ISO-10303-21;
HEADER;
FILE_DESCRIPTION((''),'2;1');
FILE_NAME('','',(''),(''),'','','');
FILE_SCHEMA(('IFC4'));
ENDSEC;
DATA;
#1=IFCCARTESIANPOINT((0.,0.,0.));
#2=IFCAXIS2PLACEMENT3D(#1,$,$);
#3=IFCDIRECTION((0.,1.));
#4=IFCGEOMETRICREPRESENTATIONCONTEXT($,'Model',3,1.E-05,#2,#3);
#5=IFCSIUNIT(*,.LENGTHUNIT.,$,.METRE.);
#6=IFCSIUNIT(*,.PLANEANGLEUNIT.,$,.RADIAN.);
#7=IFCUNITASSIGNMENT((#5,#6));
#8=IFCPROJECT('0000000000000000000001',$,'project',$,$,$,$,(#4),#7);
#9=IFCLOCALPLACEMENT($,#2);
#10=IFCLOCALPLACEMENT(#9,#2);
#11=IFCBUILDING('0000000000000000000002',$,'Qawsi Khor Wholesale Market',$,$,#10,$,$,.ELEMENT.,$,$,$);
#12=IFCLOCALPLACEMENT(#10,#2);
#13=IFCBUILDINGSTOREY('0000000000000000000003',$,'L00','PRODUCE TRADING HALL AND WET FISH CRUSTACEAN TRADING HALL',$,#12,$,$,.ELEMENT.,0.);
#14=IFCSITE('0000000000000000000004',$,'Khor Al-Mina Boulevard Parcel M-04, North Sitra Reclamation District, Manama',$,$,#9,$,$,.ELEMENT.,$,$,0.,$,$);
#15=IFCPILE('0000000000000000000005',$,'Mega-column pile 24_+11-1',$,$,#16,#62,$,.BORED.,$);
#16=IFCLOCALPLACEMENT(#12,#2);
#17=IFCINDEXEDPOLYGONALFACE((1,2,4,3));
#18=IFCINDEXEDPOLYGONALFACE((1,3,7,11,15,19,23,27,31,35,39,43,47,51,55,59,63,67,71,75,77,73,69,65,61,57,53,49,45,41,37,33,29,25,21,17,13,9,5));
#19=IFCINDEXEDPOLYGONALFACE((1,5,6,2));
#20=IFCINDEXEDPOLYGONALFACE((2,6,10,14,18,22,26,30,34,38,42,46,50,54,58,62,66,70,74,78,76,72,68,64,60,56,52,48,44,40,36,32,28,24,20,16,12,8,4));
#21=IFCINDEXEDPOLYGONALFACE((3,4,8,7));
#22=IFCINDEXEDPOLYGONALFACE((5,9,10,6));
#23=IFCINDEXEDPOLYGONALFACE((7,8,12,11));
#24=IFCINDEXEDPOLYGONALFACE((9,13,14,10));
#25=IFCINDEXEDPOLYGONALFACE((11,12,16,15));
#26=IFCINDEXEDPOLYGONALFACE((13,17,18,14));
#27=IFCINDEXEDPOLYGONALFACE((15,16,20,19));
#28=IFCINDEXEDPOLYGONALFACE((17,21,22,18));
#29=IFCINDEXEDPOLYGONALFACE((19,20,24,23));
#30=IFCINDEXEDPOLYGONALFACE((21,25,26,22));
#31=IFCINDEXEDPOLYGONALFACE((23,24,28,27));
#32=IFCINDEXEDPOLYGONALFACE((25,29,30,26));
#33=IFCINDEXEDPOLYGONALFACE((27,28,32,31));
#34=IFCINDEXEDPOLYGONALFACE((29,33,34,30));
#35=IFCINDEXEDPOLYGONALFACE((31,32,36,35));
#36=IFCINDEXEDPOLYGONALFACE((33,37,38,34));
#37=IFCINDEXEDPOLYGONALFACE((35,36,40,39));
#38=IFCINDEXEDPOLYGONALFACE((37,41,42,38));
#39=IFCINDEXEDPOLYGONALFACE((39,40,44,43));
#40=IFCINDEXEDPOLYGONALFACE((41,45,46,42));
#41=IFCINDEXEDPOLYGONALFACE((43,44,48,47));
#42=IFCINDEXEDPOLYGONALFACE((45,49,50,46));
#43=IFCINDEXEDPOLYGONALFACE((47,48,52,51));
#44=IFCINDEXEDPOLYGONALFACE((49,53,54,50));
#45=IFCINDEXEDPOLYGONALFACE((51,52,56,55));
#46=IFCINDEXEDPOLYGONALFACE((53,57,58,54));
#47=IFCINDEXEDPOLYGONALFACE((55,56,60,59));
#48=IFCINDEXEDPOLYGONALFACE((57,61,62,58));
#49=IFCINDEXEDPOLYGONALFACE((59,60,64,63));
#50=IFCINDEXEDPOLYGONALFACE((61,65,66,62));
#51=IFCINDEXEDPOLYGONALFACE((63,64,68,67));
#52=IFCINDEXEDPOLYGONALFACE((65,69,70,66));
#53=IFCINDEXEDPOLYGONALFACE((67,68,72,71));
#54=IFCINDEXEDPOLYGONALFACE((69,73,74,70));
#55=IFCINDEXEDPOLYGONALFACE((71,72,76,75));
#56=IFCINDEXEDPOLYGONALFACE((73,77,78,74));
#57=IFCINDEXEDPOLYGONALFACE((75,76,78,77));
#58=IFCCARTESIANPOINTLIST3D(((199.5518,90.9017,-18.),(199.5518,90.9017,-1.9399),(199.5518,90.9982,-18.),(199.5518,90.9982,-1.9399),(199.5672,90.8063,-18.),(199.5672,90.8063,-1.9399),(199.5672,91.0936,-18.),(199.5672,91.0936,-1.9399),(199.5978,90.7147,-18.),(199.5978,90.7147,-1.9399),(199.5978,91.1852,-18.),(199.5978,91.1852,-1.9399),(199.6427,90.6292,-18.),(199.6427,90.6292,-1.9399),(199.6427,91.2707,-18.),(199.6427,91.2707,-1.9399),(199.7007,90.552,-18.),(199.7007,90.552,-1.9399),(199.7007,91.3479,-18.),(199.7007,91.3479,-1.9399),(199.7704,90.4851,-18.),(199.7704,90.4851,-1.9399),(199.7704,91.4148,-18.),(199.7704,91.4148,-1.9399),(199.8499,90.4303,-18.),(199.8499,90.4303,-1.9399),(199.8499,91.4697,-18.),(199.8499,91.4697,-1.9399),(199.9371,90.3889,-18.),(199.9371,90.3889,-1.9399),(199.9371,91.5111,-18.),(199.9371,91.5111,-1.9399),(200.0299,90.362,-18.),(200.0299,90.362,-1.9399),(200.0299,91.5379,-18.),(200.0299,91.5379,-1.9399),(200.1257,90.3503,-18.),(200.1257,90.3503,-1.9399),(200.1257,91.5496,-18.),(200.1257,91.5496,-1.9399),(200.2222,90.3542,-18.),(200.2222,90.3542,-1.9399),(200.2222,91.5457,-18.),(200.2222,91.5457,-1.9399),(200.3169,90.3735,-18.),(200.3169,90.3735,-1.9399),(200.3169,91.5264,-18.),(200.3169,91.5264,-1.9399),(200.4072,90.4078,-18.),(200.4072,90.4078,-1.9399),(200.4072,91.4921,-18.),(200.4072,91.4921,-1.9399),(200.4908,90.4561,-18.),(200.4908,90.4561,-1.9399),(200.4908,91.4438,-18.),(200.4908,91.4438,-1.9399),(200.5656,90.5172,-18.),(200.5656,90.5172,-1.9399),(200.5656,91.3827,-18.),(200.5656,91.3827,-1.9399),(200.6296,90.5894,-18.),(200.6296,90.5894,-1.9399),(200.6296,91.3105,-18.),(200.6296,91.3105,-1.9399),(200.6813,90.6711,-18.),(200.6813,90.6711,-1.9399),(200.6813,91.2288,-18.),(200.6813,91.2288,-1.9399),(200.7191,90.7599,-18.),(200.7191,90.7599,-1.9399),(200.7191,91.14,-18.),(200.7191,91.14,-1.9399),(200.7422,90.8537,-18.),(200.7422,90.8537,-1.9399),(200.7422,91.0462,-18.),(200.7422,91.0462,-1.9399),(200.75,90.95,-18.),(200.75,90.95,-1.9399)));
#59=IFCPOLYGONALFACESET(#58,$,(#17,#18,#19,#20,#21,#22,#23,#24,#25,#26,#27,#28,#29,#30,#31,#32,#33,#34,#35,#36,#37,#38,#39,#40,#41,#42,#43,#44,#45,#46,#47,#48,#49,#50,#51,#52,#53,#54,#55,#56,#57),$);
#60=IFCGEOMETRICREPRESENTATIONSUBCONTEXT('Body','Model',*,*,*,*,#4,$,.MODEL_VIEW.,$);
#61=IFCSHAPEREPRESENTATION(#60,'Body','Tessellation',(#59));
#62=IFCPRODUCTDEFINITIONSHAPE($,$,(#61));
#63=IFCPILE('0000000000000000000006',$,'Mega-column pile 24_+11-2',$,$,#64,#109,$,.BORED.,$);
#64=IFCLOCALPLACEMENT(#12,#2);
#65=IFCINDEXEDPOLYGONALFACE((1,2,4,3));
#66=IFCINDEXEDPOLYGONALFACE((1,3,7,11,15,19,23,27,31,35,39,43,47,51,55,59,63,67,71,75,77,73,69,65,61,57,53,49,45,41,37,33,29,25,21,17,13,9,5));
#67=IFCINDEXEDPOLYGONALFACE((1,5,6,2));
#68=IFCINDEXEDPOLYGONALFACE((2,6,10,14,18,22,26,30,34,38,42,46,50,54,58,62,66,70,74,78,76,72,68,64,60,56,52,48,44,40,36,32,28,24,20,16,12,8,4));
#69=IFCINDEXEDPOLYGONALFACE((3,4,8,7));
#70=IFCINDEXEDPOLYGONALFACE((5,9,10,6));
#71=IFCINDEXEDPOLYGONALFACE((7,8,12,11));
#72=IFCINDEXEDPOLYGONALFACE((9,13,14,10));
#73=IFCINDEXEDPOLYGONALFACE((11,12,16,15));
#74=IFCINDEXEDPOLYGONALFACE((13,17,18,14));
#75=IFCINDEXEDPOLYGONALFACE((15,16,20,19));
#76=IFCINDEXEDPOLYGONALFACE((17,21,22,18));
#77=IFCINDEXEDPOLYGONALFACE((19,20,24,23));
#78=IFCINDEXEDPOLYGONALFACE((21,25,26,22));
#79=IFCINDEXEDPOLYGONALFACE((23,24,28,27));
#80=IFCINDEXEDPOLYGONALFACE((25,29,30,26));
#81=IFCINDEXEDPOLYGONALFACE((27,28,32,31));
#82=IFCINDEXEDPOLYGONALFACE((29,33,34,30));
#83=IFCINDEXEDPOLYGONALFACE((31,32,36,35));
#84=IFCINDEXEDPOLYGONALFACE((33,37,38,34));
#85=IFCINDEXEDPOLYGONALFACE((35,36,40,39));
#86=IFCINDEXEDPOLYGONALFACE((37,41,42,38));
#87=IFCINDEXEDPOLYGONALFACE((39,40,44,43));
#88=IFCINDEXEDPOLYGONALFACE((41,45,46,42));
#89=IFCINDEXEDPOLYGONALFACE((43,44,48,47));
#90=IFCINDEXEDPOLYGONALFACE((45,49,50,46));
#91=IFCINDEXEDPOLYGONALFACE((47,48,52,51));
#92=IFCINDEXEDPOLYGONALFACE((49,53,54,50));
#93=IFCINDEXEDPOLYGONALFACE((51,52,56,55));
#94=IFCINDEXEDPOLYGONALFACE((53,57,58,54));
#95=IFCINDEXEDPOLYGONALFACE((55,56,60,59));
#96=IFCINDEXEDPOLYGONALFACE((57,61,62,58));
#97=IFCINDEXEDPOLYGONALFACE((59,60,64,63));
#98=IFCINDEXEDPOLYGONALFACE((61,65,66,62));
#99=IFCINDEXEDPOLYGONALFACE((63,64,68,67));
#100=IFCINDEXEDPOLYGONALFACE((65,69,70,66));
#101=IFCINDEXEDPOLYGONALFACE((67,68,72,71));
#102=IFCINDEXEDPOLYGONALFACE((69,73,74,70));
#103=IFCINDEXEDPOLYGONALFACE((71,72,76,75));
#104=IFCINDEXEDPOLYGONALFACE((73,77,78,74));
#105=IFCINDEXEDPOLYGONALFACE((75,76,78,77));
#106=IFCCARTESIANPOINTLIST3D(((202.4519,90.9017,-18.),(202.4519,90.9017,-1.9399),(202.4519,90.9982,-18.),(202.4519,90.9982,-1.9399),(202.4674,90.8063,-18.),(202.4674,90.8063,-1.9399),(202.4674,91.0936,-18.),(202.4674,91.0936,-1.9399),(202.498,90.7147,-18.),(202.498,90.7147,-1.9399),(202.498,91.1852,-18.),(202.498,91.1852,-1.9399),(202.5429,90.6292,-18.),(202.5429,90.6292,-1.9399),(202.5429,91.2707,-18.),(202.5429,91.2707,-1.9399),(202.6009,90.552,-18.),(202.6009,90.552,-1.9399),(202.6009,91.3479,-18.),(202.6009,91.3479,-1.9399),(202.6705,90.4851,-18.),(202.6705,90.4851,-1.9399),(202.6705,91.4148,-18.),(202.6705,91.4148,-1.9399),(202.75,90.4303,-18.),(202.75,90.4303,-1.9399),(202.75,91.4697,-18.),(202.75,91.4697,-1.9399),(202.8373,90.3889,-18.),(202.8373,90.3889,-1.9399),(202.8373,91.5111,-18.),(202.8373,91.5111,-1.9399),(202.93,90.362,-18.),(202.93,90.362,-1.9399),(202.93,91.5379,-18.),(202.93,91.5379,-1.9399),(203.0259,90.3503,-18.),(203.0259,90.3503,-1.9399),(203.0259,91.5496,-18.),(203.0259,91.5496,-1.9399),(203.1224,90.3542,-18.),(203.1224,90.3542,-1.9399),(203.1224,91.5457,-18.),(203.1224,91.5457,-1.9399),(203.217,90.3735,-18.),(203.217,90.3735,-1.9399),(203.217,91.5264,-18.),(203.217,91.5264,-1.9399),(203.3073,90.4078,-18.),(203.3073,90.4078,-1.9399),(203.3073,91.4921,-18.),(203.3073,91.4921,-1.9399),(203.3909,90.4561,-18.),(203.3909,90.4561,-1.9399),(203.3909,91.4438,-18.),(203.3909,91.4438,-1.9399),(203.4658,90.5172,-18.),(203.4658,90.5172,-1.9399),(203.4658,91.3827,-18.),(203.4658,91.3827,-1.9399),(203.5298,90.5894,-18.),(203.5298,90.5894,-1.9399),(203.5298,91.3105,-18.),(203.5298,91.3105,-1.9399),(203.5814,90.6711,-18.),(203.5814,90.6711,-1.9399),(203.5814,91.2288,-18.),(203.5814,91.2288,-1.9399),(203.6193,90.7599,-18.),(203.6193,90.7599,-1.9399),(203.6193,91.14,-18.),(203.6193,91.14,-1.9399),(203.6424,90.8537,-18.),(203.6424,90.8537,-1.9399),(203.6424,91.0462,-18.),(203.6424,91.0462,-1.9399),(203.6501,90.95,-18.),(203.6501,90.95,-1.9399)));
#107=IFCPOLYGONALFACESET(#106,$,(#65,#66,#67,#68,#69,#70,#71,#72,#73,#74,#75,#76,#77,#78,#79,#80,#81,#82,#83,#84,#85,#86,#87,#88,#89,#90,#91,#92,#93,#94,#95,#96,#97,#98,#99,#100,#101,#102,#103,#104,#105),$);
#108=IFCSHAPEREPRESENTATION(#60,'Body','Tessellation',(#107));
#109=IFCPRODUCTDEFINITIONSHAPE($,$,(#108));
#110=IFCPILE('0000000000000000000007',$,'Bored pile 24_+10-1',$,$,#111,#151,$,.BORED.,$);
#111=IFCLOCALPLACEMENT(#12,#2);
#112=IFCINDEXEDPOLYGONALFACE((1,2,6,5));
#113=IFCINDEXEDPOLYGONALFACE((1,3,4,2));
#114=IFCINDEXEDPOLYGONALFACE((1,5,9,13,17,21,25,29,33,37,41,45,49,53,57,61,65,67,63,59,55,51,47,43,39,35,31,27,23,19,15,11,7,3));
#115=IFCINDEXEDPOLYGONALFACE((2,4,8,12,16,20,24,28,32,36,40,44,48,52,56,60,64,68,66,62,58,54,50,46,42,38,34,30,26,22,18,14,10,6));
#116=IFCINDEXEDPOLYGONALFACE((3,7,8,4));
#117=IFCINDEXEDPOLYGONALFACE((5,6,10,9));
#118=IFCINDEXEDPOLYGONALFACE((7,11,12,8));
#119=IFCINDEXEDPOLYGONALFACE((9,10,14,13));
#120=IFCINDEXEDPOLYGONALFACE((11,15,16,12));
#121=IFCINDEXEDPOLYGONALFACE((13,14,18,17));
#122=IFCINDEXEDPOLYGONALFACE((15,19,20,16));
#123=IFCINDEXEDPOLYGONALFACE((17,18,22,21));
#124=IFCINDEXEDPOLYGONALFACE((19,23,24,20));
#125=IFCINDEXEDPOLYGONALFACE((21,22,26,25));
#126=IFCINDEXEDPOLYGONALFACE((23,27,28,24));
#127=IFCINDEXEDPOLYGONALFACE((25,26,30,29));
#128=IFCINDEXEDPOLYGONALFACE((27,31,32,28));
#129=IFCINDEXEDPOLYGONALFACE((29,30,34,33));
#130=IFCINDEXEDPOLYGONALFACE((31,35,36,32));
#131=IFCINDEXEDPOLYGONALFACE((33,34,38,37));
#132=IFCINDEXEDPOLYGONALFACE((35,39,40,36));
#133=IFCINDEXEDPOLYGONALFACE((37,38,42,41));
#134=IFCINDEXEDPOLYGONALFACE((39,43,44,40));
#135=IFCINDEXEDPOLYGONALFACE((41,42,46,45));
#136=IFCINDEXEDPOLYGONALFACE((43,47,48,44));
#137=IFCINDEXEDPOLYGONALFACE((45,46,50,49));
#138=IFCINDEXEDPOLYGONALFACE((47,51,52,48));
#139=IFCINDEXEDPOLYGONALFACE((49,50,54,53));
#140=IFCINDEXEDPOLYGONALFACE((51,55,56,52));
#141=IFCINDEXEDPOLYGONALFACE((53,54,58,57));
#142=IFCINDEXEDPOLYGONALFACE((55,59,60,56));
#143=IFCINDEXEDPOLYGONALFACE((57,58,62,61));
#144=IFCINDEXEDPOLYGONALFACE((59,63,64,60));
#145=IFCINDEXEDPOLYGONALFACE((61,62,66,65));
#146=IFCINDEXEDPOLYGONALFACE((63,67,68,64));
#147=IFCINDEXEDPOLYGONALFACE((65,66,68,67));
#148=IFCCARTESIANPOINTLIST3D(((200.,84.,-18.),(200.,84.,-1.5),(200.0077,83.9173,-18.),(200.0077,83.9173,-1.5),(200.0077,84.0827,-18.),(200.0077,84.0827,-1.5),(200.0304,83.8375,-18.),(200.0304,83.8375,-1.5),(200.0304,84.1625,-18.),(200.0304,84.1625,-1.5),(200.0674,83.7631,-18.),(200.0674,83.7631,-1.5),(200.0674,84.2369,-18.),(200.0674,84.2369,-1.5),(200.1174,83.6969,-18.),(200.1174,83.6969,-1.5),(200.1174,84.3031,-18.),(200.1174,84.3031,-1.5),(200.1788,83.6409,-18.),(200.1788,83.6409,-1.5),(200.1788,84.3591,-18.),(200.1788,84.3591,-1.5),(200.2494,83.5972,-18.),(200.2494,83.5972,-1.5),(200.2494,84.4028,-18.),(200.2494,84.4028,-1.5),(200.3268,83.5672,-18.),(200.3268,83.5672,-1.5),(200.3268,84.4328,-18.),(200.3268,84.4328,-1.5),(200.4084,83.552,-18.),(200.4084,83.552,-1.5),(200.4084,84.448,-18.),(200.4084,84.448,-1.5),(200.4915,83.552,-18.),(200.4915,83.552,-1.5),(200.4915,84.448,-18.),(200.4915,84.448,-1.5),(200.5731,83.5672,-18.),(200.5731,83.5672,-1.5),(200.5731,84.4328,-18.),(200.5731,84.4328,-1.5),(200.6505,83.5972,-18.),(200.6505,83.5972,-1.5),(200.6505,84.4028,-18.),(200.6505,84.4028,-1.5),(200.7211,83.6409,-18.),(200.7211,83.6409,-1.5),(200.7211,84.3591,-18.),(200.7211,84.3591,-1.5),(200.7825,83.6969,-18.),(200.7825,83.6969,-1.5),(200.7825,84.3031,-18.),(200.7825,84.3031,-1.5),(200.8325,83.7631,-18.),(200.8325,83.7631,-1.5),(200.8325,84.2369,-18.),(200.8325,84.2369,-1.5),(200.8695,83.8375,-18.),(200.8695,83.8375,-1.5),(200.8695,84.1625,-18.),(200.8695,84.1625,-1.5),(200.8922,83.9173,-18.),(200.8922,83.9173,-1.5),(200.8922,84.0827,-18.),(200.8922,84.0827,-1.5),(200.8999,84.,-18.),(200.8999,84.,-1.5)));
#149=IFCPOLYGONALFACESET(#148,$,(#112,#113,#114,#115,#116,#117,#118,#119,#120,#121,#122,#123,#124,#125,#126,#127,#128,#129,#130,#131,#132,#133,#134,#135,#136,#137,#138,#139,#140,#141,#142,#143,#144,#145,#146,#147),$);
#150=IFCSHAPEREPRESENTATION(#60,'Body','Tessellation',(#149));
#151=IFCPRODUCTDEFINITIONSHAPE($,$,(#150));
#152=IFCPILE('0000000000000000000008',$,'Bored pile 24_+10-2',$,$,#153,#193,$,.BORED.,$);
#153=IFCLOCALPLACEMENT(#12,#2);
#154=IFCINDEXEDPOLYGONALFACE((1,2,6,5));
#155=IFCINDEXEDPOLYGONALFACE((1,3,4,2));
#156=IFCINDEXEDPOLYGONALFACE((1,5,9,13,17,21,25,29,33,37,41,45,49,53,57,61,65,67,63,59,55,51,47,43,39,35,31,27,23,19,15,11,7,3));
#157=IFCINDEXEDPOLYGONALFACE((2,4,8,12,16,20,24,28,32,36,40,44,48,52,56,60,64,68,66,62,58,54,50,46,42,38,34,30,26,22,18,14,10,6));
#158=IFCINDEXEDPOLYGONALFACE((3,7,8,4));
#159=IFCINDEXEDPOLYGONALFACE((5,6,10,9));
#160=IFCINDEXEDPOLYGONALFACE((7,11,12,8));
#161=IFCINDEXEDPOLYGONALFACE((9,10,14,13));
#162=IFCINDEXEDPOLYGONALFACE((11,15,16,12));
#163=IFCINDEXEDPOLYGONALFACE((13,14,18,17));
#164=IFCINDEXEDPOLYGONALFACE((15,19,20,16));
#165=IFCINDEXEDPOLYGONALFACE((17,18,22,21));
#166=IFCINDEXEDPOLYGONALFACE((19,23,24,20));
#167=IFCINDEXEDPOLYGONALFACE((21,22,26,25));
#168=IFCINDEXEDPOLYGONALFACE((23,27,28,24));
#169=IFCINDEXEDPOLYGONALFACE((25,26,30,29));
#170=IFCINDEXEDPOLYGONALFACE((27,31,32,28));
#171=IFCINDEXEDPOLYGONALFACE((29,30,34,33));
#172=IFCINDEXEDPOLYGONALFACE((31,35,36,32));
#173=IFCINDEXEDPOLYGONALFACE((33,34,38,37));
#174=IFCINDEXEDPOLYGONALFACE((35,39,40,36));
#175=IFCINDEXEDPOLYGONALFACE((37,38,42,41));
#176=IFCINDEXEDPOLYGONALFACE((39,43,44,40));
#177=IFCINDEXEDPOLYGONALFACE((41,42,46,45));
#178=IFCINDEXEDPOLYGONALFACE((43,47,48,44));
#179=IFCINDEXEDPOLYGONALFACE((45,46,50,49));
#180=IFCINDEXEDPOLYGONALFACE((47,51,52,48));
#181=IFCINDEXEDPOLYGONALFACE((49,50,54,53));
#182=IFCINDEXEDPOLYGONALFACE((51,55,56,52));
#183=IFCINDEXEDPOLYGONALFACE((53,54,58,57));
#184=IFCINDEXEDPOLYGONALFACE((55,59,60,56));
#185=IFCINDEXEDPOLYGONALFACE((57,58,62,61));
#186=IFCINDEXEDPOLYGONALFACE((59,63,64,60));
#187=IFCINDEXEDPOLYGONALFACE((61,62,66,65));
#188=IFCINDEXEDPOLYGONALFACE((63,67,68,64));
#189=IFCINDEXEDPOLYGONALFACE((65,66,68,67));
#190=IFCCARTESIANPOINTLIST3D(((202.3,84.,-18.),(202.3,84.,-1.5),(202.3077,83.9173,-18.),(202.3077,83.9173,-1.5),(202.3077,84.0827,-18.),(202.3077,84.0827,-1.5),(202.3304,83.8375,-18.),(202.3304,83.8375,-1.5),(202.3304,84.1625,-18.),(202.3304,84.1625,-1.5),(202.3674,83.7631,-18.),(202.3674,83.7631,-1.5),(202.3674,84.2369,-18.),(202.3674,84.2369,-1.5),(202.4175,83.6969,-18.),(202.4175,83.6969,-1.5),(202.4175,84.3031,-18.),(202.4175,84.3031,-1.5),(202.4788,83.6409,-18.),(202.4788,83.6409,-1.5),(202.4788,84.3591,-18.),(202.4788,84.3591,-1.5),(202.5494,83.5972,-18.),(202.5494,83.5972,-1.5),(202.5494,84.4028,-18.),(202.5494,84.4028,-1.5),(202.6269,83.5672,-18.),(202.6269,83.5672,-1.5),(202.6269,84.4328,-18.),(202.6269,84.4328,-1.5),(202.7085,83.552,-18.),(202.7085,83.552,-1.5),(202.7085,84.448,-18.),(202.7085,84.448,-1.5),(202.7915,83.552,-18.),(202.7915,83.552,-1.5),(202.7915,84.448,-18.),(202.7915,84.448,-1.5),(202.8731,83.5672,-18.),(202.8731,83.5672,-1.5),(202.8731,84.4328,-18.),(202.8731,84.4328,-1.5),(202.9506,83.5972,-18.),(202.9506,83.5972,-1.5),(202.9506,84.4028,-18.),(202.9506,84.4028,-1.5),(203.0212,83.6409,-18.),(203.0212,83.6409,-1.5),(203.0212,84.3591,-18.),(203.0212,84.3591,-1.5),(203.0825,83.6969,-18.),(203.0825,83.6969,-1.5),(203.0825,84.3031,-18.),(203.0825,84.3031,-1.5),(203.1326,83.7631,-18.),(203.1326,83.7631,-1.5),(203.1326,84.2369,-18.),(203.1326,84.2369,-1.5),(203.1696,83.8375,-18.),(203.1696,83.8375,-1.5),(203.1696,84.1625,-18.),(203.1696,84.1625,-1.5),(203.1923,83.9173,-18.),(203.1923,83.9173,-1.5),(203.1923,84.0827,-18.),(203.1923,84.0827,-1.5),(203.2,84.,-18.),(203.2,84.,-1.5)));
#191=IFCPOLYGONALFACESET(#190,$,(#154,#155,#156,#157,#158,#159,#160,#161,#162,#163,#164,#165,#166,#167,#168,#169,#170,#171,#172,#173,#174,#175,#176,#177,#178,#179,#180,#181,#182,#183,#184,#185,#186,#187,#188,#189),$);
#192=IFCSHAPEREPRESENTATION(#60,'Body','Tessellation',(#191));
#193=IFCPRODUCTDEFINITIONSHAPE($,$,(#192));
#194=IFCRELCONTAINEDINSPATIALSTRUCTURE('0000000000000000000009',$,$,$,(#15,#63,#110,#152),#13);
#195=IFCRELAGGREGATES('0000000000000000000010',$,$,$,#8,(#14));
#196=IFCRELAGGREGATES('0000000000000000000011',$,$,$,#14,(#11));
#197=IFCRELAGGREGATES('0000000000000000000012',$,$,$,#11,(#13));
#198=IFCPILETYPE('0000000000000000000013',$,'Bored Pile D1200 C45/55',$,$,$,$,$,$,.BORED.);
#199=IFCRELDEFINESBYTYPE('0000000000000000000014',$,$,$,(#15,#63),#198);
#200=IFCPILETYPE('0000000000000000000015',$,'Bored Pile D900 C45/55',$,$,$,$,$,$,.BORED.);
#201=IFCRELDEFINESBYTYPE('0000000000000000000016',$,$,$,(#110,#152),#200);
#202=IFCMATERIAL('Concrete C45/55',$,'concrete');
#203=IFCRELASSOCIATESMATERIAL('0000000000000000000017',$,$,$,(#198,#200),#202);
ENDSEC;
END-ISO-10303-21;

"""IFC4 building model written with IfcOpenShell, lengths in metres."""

from ifc_helpers import new_model, si_unit, direction, frame, origin, origin_2d, place, context, subcontext, project, spatial, circle, extrude, material, material_profile, profile_set, type_object, element, save


model = new_model("IFC4")

# Units and contexts
model_context = context("Model", 3, precision=1e-05, world=origin(), true_north=direction((0.0, 1.0)))
body_context = subcontext(model_context, "Body", "Model", "MODEL_VIEW")
ifc_project = project(units=[si_unit("LENGTHUNIT", "METRE"), si_unit("PLANEANGLEUNIT", "RADIAN")], contexts=[model_context])

# Site, building, storey
site_placement = place(None, origin())
site = spatial("IfcSite", under=ifc_project, at=site_placement, Name="Khor Al-Mina Boulevard Parcel M-04, North Sitra Reclamation District, Manama", CompositionType="ELEMENT", RefElevation=0.0)
building_placement = place(site_placement, origin())
building = spatial("IfcBuilding", under=site, at=building_placement, Name="Qawsi Khor Wholesale Market", CompositionType="ELEMENT")
storey_placement = place(building_placement, origin())
storey = spatial("IfcBuildingStorey", under=building, at=storey_placement, Name="L00", Description="PRODUCE TRADING HALL AND WET FISH CRUSTACEAN TRADING HALL", CompositionType="ELEMENT", Elevation=0.0)

# Piles
ifc_material_1 = material(Name="Concrete C45/55", Category="concrete")
ifc_material_profile_1 = material_profile(ifc_material_1, circle(Radius=0.6001, at=origin_2d()), Name="PILE D1200")
ifc_profile_set_1 = profile_set([ifc_material_profile_1], Name="Concrete C45/55")
pile_type_1 = type_object("IfcPileType", Name="Bored Pile D1200 C45/55", PredefinedType="BORED", material=ifc_profile_set_1)
for number, where, z_axis, x_axis, name in (
    (1, (200.1499, 90.95, -1.9399), (0.0, 0.0, -1.0), (1.0, 0.0, 0.0), "Mega-column pile 24_+11-1"),
    (2, (203.05, 90.95, -1.9399), (0.0, 0.0, -1.0), (1.0, 0.0, 0.0), "Mega-column pile 24_+11-2"),
):
    element("IfcPile", number, at=place(storey_placement, frame(where, z_axis=z_axis, x_axis=x_axis)), inside=storey, type_object=pile_type_1, Name=name, PredefinedType="BORED", context=body_context, shape_type="SweptSolid", body=[
        extrude(circle(Radius=0.6001, at=origin_2d()), origin(), (0.0, 0.0, 1.0), 16.0601),
    ])
ifc_material_profile_2 = material_profile(ifc_material_1, circle(Radius=0.45, at=origin_2d()), Name="PILE D900")
ifc_profile_set_2 = profile_set([ifc_material_profile_2], Name="Concrete C45/55")
pile_type_2 = type_object("IfcPileType", Name="Bored Pile D900 C45/55", PredefinedType="BORED", material=ifc_profile_set_2)
for number, where, z_axis, x_axis, name in (
    (3, (200.45, 84.0, -1.5), (0.0, 0.0, -1.0), (1.0, 0.0, 0.0), "Bored pile 24_+10-1"),
    (4, (202.75, 84.0, -1.5), (0.0, 0.0, -1.0), (1.0, 0.0, 0.0), "Bored pile 24_+10-2"),
):
    element("IfcPile", number, at=place(storey_placement, frame(where, z_axis=z_axis, x_axis=x_axis)), inside=storey, type_object=pile_type_2, Name=name, PredefinedType="BORED", context=body_context, shape_type="SweptSolid", body=[
        extrude(circle(Radius=0.45, at=origin_2d()), origin(), (0.0, 0.0, 1.0), 16.5),
    ])

save(model, "model.ifc")
